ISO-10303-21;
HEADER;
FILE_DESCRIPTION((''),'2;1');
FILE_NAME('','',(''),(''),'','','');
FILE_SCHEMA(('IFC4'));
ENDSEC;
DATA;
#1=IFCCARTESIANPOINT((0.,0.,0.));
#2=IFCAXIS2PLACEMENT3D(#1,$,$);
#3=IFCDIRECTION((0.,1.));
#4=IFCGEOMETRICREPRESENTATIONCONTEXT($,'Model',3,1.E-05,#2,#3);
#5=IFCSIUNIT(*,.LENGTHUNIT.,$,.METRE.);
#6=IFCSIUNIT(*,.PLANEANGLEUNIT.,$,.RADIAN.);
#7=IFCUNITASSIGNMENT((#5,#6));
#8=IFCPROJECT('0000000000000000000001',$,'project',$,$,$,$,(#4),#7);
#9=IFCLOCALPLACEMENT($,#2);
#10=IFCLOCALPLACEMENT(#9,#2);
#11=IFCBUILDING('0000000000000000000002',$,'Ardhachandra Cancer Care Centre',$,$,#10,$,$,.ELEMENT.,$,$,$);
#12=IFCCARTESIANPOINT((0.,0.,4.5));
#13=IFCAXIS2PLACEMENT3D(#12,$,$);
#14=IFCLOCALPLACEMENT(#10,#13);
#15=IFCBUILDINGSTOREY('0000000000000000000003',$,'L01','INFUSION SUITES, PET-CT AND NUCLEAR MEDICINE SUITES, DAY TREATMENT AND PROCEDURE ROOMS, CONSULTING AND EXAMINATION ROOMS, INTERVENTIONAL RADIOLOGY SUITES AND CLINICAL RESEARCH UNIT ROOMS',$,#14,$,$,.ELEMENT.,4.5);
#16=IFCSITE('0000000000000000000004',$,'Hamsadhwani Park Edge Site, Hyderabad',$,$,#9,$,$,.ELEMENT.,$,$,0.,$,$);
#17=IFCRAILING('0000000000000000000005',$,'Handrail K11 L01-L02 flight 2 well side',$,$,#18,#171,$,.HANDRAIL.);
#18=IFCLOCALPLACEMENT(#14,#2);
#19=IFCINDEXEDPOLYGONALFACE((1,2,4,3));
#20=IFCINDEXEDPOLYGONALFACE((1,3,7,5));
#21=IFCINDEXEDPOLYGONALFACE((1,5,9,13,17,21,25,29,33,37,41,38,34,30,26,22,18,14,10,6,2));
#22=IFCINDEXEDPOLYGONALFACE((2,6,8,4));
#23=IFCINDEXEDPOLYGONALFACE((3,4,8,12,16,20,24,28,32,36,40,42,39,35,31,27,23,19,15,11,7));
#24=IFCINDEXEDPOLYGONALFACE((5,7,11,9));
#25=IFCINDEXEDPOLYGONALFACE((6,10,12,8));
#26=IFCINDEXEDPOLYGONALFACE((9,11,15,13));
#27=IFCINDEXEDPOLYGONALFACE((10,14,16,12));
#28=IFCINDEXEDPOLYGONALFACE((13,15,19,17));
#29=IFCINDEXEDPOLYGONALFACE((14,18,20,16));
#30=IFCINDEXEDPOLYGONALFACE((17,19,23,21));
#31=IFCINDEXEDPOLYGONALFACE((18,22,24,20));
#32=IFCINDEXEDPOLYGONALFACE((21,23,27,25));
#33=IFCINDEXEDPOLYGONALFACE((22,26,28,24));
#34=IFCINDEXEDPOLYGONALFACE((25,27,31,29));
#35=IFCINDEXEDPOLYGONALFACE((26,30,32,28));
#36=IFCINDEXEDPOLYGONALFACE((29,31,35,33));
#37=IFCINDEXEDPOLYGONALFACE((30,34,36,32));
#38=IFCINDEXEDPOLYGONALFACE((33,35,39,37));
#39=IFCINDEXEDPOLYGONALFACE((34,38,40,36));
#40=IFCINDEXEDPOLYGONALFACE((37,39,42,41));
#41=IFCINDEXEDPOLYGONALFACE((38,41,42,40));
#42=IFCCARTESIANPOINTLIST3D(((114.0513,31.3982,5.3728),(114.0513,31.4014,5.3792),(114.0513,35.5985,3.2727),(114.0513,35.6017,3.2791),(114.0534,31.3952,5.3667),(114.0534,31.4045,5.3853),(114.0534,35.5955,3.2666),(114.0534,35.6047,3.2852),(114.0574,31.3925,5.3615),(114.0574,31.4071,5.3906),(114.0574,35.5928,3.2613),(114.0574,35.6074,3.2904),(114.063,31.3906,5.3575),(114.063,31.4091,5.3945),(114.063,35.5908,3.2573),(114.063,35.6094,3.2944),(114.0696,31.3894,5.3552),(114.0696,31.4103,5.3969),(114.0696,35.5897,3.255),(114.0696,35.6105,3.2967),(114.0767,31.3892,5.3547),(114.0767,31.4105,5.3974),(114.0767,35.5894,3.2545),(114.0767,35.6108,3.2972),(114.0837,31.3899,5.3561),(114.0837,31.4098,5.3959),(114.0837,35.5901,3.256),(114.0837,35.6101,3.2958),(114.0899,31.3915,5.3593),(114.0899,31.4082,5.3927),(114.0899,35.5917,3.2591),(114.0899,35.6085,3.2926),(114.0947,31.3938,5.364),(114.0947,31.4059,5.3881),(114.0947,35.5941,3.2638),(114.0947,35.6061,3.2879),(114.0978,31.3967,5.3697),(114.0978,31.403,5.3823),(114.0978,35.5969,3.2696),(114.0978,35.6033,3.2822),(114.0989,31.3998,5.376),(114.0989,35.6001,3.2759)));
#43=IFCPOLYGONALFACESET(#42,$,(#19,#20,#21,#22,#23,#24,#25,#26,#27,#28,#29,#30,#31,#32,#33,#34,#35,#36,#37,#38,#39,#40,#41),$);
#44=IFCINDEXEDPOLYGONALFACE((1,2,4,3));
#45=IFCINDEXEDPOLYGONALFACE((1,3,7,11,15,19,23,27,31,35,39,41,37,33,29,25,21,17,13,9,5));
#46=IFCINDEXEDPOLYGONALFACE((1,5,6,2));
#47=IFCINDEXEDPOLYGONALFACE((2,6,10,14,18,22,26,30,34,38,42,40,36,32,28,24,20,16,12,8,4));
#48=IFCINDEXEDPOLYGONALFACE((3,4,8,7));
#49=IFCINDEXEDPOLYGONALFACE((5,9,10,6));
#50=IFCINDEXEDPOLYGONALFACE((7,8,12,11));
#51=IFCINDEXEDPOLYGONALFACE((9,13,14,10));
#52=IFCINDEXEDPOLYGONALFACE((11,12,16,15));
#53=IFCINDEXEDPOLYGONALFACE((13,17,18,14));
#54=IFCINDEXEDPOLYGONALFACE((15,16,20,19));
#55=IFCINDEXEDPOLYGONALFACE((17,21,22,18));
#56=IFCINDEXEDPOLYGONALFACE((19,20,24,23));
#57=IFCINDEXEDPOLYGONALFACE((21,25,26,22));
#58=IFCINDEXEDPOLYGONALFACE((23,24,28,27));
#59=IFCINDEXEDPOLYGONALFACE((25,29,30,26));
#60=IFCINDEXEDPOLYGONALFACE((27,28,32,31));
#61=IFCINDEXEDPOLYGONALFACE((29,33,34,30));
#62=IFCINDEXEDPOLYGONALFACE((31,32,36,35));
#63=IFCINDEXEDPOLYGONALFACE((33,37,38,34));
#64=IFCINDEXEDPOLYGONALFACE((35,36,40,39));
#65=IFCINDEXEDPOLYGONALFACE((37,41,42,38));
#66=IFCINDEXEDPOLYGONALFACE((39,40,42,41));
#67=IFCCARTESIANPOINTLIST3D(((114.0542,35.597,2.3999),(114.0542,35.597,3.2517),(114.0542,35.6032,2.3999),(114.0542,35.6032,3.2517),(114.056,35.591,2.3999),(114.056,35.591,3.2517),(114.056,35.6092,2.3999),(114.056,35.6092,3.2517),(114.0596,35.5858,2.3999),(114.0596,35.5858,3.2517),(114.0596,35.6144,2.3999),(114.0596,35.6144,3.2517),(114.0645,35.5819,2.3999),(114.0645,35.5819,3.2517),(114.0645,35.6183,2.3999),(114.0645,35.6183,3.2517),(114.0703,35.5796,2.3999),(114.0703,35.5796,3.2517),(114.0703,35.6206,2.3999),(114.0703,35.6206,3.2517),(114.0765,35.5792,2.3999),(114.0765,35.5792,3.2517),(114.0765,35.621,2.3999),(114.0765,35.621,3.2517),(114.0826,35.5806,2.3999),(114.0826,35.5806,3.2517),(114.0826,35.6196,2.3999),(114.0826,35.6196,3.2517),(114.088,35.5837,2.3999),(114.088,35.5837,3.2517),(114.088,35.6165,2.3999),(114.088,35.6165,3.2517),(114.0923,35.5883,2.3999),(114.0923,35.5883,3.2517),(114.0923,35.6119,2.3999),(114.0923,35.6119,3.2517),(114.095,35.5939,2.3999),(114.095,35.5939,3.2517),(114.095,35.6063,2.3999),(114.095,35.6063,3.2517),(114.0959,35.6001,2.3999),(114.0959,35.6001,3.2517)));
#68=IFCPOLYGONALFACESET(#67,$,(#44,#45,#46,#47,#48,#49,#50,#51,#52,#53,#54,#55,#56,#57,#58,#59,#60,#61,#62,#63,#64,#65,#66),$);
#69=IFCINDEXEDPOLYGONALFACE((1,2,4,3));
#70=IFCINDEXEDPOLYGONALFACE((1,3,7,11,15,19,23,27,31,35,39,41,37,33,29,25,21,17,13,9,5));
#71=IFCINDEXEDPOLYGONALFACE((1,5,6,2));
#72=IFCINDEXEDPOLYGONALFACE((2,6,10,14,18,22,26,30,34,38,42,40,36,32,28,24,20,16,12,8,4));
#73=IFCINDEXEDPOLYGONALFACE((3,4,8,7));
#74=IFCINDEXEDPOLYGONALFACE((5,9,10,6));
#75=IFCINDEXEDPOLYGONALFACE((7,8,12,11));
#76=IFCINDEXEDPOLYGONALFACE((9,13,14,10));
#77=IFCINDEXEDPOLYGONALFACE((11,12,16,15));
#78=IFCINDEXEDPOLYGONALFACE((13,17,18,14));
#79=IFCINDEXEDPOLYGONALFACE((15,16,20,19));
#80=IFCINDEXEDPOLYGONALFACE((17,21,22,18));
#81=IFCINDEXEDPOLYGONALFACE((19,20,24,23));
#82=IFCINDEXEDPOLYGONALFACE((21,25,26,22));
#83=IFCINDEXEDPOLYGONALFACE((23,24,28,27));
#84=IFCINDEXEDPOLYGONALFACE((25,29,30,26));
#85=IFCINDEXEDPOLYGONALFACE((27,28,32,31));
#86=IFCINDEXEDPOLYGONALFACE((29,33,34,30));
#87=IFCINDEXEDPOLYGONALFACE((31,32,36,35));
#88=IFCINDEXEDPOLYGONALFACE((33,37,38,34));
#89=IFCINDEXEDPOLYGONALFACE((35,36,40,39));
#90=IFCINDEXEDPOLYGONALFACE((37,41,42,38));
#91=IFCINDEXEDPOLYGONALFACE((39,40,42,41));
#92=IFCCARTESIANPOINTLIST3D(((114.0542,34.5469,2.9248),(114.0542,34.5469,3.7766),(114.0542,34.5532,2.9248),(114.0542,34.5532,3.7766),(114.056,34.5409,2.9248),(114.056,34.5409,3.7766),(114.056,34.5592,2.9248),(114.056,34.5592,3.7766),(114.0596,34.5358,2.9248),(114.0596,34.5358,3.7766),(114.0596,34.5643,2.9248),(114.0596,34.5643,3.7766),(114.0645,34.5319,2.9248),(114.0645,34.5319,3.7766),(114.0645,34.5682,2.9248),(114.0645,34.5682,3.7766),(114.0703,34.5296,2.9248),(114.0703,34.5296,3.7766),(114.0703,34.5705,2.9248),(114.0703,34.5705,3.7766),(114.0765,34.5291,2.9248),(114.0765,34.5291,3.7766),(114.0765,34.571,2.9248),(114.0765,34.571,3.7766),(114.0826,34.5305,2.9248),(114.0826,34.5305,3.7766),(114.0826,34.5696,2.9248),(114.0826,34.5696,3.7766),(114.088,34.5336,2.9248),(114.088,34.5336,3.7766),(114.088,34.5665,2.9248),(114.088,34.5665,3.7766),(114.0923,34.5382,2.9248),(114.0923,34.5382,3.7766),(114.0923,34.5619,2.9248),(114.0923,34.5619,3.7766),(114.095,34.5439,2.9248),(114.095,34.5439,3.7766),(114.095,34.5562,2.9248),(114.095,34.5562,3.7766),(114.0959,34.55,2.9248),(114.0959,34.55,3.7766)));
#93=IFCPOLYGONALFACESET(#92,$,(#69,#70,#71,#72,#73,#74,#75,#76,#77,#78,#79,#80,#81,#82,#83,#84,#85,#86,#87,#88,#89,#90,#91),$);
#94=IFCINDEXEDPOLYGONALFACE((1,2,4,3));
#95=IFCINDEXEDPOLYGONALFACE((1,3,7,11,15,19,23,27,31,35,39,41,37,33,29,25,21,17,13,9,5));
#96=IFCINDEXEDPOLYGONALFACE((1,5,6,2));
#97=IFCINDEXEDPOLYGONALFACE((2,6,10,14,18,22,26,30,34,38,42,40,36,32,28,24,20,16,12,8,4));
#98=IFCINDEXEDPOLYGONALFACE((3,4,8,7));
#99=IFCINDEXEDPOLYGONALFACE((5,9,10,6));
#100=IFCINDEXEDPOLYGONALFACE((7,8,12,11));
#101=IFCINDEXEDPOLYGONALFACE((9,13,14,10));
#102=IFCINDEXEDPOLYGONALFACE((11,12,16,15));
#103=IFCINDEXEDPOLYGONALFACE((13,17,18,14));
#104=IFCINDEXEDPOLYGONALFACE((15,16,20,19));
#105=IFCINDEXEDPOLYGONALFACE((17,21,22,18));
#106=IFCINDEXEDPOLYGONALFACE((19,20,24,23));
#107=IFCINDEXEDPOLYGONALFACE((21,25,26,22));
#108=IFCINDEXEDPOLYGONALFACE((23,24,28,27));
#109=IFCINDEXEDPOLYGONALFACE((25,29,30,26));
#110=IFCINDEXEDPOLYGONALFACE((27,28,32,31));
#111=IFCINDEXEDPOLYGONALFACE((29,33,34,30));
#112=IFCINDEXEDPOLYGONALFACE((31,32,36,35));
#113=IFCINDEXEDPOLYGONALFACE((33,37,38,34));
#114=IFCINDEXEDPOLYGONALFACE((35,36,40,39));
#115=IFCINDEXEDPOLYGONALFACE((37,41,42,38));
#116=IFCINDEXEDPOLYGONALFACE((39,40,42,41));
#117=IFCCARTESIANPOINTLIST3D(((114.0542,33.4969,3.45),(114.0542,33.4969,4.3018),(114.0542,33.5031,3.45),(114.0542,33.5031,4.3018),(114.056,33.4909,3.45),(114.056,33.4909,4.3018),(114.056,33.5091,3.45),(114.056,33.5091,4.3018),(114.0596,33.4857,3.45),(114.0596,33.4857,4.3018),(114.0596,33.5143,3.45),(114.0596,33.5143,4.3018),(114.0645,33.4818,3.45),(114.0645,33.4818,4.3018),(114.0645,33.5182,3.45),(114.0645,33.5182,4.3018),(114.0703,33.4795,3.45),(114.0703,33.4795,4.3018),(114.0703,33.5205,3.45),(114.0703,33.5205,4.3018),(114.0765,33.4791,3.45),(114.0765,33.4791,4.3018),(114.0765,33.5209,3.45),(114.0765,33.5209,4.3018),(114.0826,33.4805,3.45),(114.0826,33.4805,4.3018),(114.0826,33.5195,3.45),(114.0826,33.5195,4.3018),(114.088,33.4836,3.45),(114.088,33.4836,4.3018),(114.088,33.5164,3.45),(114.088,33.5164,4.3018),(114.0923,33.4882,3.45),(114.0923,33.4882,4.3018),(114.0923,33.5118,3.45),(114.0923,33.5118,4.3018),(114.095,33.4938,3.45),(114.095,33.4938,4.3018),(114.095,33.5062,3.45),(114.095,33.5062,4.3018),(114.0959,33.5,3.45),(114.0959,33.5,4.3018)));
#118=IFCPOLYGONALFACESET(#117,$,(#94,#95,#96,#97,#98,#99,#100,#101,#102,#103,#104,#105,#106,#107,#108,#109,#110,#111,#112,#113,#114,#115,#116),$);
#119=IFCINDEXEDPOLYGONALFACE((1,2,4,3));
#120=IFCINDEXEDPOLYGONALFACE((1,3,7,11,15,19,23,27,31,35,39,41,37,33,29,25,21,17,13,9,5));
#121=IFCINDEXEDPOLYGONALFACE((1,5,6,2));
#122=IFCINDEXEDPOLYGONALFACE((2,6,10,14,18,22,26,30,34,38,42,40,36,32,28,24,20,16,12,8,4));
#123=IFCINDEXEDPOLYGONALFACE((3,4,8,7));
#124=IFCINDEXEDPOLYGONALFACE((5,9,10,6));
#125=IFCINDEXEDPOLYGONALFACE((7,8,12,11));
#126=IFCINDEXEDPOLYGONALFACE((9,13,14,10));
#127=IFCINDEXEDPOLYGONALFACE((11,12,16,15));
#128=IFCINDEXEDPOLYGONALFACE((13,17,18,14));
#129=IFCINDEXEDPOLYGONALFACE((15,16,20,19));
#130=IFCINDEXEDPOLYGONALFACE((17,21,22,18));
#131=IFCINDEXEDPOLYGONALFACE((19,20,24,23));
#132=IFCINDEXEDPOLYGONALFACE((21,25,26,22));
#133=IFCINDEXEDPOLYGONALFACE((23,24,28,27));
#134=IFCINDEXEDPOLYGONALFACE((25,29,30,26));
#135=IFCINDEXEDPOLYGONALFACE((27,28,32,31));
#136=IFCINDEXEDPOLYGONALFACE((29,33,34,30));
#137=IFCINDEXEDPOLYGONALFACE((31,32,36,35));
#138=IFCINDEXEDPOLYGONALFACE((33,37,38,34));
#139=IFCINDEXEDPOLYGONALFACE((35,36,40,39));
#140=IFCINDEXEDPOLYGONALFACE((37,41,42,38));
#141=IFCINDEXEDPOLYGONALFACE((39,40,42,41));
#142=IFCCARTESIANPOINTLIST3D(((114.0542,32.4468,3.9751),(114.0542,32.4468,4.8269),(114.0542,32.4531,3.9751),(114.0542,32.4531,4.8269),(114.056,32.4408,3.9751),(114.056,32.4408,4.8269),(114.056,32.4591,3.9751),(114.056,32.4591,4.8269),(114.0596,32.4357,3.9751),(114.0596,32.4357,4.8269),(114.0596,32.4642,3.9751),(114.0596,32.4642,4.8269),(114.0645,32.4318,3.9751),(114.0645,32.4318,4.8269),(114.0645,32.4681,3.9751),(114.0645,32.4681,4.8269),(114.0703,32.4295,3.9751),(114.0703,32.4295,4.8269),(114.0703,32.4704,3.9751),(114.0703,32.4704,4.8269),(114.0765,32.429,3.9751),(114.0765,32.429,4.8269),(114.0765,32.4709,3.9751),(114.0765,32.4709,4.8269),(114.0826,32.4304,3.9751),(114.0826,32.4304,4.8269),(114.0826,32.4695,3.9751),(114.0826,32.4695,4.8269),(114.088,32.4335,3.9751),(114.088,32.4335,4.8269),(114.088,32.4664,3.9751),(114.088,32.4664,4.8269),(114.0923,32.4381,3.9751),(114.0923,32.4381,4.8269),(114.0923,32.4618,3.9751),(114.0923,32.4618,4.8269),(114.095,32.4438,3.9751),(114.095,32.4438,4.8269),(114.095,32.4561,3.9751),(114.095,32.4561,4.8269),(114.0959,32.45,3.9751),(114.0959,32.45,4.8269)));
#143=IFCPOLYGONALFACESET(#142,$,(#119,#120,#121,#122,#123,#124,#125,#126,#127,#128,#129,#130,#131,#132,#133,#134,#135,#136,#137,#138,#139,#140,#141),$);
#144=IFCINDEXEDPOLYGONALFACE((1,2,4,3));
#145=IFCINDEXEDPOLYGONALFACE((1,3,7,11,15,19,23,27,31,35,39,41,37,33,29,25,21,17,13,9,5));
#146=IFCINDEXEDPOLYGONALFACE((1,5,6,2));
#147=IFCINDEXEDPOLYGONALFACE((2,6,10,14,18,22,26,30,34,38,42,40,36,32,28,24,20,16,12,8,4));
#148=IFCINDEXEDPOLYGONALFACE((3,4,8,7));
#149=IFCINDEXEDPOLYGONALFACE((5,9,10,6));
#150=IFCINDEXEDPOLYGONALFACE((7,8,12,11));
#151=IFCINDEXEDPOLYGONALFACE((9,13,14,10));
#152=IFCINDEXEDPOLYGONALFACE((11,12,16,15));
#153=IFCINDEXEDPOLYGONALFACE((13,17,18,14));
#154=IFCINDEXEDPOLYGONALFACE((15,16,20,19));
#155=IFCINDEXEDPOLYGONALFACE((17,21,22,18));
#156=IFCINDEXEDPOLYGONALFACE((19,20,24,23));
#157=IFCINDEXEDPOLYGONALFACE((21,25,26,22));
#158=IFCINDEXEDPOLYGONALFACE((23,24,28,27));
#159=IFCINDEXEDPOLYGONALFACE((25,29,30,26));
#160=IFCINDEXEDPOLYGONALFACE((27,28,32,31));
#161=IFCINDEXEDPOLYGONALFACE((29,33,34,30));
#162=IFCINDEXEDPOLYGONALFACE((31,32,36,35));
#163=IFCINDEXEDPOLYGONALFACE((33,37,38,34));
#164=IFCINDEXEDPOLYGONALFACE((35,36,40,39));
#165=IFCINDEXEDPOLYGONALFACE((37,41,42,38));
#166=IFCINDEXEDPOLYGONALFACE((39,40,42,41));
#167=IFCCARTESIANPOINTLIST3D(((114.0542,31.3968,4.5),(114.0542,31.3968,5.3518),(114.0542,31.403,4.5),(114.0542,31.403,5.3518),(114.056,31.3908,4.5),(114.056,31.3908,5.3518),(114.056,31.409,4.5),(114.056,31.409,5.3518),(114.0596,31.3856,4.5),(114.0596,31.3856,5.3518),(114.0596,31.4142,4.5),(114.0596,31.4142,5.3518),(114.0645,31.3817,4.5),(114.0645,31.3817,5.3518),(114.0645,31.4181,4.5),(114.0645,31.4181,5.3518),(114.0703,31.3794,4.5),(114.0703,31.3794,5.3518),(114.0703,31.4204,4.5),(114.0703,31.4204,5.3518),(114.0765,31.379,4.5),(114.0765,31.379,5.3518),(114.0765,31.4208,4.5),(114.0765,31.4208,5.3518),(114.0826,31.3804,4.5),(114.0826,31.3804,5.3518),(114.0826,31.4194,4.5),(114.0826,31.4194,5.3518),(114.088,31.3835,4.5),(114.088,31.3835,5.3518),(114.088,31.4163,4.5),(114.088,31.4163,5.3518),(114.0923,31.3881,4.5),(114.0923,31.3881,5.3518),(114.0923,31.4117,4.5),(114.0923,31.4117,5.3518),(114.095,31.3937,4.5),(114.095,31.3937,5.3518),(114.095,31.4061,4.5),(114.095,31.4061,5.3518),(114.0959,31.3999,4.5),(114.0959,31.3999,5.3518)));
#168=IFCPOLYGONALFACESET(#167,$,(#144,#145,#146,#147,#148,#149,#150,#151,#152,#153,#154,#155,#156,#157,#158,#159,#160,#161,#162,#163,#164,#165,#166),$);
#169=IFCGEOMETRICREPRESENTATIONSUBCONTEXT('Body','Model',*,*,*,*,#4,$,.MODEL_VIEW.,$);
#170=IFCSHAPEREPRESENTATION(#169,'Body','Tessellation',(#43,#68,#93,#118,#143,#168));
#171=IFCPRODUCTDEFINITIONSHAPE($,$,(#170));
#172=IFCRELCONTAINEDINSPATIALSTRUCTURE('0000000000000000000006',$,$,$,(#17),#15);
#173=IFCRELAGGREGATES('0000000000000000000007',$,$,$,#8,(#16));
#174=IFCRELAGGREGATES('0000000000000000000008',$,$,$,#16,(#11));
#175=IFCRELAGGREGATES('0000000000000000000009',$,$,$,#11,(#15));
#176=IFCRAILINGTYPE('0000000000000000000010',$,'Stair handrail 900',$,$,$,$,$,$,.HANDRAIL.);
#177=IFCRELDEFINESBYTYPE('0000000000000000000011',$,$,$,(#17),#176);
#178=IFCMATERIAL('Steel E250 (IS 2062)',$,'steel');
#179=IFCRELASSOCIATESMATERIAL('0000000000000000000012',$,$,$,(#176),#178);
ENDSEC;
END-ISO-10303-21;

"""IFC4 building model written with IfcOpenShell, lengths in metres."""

from ifc_helpers import new_model, si_unit, direction, frame, origin, origin_2d, place, context, subcontext, project, spatial, circle, extrude, material, type_object, element, save


model = new_model("IFC4")

# Units and contexts
model_context = context("Model", 3, precision=1e-05, world=origin(), true_north=direction((0.0, 1.0)))
body_context = subcontext(model_context, "Body", "Model", "MODEL_VIEW")
ifc_project = project(units=[si_unit("LENGTHUNIT", "METRE"), si_unit("PLANEANGLEUNIT", "RADIAN")], contexts=[model_context])

# Site, building, storey
site_placement = place(None, origin())
site = spatial("IfcSite", under=ifc_project, at=site_placement, Name="Hamsadhwani Park Edge Site, Hyderabad", CompositionType="ELEMENT", RefElevation=0.0)
building_placement = place(site_placement, origin())
building = spatial("IfcBuilding", under=site, at=building_placement, Name="Ardhachandra Cancer Care Centre", CompositionType="ELEMENT")
storey_placement = place(building_placement, frame((0.0, 0.0, 4.5)))
storey = spatial("IfcBuildingStorey", under=building, at=storey_placement, Name="L01", Description="INFUSION SUITES, PET-CT AND NUCLEAR MEDICINE SUITES, DAY TREATMENT AND PROCEDURE ROOMS, CONSULTING AND EXAMINATION ROOMS, INTERVENTIONAL RADIOLOGY SUITES AND CLINICAL RESEARCH UNIT ROOMS", CompositionType="ELEMENT", Elevation=4.5)

# Railing
ifc_material_1 = material(Name="Steel E250 (IS 2062)", Category="steel")
railing_type = type_object("IfcRailingType", Name="Stair handrail 900", PredefinedType="HANDRAIL", material=ifc_material_1)
for number, where, name in (
    (1, (114.075, 35.6001, 2.3999), "Handrail K11 L01-L02 flight 2 well side"),
):
    element("IfcRailing", number, at=place(storey_placement, frame(where)), inside=storey, type_object=railing_type, Name=name, PredefinedType="HANDRAIL", context=body_context, shape_type="SweptSolid", body=[
        extrude(circle(Radius=0.0239, at=origin_2d()), frame((0.0, 0.0, 0.876), z_axis=(0.0, -0.894427, 0.447214), x_axis=(1.0, 0.0, 0.0)), (0.0, 0.0, 1.0), 4.696),
        extrude(circle(Radius=0.021, at=origin_2d()), origin(), (0.0, 0.0, 1.0), 0.8518),
        extrude(circle(Radius=0.021, at=origin_2d()), frame((0.0, -1.05, 0.5249)), (0.0, 0.0, 1.0), 0.8518),
        extrude(circle(Radius=0.021, at=origin_2d()), frame((0.0, -2.1001, 1.05)), (0.0, 0.0, 1.0), 0.8518),
        extrude(circle(Radius=0.021, at=origin_2d()), frame((0.0, -3.1501, 1.5752)), (0.0, 0.0, 1.0), 0.8518),
        extrude(circle(Radius=0.021, at=origin_2d()), frame((0.0, -4.2002, 2.1001)), (0.0, 0.0, 1.0), 0.8518),
    ])

save(model, "model.ifc")
